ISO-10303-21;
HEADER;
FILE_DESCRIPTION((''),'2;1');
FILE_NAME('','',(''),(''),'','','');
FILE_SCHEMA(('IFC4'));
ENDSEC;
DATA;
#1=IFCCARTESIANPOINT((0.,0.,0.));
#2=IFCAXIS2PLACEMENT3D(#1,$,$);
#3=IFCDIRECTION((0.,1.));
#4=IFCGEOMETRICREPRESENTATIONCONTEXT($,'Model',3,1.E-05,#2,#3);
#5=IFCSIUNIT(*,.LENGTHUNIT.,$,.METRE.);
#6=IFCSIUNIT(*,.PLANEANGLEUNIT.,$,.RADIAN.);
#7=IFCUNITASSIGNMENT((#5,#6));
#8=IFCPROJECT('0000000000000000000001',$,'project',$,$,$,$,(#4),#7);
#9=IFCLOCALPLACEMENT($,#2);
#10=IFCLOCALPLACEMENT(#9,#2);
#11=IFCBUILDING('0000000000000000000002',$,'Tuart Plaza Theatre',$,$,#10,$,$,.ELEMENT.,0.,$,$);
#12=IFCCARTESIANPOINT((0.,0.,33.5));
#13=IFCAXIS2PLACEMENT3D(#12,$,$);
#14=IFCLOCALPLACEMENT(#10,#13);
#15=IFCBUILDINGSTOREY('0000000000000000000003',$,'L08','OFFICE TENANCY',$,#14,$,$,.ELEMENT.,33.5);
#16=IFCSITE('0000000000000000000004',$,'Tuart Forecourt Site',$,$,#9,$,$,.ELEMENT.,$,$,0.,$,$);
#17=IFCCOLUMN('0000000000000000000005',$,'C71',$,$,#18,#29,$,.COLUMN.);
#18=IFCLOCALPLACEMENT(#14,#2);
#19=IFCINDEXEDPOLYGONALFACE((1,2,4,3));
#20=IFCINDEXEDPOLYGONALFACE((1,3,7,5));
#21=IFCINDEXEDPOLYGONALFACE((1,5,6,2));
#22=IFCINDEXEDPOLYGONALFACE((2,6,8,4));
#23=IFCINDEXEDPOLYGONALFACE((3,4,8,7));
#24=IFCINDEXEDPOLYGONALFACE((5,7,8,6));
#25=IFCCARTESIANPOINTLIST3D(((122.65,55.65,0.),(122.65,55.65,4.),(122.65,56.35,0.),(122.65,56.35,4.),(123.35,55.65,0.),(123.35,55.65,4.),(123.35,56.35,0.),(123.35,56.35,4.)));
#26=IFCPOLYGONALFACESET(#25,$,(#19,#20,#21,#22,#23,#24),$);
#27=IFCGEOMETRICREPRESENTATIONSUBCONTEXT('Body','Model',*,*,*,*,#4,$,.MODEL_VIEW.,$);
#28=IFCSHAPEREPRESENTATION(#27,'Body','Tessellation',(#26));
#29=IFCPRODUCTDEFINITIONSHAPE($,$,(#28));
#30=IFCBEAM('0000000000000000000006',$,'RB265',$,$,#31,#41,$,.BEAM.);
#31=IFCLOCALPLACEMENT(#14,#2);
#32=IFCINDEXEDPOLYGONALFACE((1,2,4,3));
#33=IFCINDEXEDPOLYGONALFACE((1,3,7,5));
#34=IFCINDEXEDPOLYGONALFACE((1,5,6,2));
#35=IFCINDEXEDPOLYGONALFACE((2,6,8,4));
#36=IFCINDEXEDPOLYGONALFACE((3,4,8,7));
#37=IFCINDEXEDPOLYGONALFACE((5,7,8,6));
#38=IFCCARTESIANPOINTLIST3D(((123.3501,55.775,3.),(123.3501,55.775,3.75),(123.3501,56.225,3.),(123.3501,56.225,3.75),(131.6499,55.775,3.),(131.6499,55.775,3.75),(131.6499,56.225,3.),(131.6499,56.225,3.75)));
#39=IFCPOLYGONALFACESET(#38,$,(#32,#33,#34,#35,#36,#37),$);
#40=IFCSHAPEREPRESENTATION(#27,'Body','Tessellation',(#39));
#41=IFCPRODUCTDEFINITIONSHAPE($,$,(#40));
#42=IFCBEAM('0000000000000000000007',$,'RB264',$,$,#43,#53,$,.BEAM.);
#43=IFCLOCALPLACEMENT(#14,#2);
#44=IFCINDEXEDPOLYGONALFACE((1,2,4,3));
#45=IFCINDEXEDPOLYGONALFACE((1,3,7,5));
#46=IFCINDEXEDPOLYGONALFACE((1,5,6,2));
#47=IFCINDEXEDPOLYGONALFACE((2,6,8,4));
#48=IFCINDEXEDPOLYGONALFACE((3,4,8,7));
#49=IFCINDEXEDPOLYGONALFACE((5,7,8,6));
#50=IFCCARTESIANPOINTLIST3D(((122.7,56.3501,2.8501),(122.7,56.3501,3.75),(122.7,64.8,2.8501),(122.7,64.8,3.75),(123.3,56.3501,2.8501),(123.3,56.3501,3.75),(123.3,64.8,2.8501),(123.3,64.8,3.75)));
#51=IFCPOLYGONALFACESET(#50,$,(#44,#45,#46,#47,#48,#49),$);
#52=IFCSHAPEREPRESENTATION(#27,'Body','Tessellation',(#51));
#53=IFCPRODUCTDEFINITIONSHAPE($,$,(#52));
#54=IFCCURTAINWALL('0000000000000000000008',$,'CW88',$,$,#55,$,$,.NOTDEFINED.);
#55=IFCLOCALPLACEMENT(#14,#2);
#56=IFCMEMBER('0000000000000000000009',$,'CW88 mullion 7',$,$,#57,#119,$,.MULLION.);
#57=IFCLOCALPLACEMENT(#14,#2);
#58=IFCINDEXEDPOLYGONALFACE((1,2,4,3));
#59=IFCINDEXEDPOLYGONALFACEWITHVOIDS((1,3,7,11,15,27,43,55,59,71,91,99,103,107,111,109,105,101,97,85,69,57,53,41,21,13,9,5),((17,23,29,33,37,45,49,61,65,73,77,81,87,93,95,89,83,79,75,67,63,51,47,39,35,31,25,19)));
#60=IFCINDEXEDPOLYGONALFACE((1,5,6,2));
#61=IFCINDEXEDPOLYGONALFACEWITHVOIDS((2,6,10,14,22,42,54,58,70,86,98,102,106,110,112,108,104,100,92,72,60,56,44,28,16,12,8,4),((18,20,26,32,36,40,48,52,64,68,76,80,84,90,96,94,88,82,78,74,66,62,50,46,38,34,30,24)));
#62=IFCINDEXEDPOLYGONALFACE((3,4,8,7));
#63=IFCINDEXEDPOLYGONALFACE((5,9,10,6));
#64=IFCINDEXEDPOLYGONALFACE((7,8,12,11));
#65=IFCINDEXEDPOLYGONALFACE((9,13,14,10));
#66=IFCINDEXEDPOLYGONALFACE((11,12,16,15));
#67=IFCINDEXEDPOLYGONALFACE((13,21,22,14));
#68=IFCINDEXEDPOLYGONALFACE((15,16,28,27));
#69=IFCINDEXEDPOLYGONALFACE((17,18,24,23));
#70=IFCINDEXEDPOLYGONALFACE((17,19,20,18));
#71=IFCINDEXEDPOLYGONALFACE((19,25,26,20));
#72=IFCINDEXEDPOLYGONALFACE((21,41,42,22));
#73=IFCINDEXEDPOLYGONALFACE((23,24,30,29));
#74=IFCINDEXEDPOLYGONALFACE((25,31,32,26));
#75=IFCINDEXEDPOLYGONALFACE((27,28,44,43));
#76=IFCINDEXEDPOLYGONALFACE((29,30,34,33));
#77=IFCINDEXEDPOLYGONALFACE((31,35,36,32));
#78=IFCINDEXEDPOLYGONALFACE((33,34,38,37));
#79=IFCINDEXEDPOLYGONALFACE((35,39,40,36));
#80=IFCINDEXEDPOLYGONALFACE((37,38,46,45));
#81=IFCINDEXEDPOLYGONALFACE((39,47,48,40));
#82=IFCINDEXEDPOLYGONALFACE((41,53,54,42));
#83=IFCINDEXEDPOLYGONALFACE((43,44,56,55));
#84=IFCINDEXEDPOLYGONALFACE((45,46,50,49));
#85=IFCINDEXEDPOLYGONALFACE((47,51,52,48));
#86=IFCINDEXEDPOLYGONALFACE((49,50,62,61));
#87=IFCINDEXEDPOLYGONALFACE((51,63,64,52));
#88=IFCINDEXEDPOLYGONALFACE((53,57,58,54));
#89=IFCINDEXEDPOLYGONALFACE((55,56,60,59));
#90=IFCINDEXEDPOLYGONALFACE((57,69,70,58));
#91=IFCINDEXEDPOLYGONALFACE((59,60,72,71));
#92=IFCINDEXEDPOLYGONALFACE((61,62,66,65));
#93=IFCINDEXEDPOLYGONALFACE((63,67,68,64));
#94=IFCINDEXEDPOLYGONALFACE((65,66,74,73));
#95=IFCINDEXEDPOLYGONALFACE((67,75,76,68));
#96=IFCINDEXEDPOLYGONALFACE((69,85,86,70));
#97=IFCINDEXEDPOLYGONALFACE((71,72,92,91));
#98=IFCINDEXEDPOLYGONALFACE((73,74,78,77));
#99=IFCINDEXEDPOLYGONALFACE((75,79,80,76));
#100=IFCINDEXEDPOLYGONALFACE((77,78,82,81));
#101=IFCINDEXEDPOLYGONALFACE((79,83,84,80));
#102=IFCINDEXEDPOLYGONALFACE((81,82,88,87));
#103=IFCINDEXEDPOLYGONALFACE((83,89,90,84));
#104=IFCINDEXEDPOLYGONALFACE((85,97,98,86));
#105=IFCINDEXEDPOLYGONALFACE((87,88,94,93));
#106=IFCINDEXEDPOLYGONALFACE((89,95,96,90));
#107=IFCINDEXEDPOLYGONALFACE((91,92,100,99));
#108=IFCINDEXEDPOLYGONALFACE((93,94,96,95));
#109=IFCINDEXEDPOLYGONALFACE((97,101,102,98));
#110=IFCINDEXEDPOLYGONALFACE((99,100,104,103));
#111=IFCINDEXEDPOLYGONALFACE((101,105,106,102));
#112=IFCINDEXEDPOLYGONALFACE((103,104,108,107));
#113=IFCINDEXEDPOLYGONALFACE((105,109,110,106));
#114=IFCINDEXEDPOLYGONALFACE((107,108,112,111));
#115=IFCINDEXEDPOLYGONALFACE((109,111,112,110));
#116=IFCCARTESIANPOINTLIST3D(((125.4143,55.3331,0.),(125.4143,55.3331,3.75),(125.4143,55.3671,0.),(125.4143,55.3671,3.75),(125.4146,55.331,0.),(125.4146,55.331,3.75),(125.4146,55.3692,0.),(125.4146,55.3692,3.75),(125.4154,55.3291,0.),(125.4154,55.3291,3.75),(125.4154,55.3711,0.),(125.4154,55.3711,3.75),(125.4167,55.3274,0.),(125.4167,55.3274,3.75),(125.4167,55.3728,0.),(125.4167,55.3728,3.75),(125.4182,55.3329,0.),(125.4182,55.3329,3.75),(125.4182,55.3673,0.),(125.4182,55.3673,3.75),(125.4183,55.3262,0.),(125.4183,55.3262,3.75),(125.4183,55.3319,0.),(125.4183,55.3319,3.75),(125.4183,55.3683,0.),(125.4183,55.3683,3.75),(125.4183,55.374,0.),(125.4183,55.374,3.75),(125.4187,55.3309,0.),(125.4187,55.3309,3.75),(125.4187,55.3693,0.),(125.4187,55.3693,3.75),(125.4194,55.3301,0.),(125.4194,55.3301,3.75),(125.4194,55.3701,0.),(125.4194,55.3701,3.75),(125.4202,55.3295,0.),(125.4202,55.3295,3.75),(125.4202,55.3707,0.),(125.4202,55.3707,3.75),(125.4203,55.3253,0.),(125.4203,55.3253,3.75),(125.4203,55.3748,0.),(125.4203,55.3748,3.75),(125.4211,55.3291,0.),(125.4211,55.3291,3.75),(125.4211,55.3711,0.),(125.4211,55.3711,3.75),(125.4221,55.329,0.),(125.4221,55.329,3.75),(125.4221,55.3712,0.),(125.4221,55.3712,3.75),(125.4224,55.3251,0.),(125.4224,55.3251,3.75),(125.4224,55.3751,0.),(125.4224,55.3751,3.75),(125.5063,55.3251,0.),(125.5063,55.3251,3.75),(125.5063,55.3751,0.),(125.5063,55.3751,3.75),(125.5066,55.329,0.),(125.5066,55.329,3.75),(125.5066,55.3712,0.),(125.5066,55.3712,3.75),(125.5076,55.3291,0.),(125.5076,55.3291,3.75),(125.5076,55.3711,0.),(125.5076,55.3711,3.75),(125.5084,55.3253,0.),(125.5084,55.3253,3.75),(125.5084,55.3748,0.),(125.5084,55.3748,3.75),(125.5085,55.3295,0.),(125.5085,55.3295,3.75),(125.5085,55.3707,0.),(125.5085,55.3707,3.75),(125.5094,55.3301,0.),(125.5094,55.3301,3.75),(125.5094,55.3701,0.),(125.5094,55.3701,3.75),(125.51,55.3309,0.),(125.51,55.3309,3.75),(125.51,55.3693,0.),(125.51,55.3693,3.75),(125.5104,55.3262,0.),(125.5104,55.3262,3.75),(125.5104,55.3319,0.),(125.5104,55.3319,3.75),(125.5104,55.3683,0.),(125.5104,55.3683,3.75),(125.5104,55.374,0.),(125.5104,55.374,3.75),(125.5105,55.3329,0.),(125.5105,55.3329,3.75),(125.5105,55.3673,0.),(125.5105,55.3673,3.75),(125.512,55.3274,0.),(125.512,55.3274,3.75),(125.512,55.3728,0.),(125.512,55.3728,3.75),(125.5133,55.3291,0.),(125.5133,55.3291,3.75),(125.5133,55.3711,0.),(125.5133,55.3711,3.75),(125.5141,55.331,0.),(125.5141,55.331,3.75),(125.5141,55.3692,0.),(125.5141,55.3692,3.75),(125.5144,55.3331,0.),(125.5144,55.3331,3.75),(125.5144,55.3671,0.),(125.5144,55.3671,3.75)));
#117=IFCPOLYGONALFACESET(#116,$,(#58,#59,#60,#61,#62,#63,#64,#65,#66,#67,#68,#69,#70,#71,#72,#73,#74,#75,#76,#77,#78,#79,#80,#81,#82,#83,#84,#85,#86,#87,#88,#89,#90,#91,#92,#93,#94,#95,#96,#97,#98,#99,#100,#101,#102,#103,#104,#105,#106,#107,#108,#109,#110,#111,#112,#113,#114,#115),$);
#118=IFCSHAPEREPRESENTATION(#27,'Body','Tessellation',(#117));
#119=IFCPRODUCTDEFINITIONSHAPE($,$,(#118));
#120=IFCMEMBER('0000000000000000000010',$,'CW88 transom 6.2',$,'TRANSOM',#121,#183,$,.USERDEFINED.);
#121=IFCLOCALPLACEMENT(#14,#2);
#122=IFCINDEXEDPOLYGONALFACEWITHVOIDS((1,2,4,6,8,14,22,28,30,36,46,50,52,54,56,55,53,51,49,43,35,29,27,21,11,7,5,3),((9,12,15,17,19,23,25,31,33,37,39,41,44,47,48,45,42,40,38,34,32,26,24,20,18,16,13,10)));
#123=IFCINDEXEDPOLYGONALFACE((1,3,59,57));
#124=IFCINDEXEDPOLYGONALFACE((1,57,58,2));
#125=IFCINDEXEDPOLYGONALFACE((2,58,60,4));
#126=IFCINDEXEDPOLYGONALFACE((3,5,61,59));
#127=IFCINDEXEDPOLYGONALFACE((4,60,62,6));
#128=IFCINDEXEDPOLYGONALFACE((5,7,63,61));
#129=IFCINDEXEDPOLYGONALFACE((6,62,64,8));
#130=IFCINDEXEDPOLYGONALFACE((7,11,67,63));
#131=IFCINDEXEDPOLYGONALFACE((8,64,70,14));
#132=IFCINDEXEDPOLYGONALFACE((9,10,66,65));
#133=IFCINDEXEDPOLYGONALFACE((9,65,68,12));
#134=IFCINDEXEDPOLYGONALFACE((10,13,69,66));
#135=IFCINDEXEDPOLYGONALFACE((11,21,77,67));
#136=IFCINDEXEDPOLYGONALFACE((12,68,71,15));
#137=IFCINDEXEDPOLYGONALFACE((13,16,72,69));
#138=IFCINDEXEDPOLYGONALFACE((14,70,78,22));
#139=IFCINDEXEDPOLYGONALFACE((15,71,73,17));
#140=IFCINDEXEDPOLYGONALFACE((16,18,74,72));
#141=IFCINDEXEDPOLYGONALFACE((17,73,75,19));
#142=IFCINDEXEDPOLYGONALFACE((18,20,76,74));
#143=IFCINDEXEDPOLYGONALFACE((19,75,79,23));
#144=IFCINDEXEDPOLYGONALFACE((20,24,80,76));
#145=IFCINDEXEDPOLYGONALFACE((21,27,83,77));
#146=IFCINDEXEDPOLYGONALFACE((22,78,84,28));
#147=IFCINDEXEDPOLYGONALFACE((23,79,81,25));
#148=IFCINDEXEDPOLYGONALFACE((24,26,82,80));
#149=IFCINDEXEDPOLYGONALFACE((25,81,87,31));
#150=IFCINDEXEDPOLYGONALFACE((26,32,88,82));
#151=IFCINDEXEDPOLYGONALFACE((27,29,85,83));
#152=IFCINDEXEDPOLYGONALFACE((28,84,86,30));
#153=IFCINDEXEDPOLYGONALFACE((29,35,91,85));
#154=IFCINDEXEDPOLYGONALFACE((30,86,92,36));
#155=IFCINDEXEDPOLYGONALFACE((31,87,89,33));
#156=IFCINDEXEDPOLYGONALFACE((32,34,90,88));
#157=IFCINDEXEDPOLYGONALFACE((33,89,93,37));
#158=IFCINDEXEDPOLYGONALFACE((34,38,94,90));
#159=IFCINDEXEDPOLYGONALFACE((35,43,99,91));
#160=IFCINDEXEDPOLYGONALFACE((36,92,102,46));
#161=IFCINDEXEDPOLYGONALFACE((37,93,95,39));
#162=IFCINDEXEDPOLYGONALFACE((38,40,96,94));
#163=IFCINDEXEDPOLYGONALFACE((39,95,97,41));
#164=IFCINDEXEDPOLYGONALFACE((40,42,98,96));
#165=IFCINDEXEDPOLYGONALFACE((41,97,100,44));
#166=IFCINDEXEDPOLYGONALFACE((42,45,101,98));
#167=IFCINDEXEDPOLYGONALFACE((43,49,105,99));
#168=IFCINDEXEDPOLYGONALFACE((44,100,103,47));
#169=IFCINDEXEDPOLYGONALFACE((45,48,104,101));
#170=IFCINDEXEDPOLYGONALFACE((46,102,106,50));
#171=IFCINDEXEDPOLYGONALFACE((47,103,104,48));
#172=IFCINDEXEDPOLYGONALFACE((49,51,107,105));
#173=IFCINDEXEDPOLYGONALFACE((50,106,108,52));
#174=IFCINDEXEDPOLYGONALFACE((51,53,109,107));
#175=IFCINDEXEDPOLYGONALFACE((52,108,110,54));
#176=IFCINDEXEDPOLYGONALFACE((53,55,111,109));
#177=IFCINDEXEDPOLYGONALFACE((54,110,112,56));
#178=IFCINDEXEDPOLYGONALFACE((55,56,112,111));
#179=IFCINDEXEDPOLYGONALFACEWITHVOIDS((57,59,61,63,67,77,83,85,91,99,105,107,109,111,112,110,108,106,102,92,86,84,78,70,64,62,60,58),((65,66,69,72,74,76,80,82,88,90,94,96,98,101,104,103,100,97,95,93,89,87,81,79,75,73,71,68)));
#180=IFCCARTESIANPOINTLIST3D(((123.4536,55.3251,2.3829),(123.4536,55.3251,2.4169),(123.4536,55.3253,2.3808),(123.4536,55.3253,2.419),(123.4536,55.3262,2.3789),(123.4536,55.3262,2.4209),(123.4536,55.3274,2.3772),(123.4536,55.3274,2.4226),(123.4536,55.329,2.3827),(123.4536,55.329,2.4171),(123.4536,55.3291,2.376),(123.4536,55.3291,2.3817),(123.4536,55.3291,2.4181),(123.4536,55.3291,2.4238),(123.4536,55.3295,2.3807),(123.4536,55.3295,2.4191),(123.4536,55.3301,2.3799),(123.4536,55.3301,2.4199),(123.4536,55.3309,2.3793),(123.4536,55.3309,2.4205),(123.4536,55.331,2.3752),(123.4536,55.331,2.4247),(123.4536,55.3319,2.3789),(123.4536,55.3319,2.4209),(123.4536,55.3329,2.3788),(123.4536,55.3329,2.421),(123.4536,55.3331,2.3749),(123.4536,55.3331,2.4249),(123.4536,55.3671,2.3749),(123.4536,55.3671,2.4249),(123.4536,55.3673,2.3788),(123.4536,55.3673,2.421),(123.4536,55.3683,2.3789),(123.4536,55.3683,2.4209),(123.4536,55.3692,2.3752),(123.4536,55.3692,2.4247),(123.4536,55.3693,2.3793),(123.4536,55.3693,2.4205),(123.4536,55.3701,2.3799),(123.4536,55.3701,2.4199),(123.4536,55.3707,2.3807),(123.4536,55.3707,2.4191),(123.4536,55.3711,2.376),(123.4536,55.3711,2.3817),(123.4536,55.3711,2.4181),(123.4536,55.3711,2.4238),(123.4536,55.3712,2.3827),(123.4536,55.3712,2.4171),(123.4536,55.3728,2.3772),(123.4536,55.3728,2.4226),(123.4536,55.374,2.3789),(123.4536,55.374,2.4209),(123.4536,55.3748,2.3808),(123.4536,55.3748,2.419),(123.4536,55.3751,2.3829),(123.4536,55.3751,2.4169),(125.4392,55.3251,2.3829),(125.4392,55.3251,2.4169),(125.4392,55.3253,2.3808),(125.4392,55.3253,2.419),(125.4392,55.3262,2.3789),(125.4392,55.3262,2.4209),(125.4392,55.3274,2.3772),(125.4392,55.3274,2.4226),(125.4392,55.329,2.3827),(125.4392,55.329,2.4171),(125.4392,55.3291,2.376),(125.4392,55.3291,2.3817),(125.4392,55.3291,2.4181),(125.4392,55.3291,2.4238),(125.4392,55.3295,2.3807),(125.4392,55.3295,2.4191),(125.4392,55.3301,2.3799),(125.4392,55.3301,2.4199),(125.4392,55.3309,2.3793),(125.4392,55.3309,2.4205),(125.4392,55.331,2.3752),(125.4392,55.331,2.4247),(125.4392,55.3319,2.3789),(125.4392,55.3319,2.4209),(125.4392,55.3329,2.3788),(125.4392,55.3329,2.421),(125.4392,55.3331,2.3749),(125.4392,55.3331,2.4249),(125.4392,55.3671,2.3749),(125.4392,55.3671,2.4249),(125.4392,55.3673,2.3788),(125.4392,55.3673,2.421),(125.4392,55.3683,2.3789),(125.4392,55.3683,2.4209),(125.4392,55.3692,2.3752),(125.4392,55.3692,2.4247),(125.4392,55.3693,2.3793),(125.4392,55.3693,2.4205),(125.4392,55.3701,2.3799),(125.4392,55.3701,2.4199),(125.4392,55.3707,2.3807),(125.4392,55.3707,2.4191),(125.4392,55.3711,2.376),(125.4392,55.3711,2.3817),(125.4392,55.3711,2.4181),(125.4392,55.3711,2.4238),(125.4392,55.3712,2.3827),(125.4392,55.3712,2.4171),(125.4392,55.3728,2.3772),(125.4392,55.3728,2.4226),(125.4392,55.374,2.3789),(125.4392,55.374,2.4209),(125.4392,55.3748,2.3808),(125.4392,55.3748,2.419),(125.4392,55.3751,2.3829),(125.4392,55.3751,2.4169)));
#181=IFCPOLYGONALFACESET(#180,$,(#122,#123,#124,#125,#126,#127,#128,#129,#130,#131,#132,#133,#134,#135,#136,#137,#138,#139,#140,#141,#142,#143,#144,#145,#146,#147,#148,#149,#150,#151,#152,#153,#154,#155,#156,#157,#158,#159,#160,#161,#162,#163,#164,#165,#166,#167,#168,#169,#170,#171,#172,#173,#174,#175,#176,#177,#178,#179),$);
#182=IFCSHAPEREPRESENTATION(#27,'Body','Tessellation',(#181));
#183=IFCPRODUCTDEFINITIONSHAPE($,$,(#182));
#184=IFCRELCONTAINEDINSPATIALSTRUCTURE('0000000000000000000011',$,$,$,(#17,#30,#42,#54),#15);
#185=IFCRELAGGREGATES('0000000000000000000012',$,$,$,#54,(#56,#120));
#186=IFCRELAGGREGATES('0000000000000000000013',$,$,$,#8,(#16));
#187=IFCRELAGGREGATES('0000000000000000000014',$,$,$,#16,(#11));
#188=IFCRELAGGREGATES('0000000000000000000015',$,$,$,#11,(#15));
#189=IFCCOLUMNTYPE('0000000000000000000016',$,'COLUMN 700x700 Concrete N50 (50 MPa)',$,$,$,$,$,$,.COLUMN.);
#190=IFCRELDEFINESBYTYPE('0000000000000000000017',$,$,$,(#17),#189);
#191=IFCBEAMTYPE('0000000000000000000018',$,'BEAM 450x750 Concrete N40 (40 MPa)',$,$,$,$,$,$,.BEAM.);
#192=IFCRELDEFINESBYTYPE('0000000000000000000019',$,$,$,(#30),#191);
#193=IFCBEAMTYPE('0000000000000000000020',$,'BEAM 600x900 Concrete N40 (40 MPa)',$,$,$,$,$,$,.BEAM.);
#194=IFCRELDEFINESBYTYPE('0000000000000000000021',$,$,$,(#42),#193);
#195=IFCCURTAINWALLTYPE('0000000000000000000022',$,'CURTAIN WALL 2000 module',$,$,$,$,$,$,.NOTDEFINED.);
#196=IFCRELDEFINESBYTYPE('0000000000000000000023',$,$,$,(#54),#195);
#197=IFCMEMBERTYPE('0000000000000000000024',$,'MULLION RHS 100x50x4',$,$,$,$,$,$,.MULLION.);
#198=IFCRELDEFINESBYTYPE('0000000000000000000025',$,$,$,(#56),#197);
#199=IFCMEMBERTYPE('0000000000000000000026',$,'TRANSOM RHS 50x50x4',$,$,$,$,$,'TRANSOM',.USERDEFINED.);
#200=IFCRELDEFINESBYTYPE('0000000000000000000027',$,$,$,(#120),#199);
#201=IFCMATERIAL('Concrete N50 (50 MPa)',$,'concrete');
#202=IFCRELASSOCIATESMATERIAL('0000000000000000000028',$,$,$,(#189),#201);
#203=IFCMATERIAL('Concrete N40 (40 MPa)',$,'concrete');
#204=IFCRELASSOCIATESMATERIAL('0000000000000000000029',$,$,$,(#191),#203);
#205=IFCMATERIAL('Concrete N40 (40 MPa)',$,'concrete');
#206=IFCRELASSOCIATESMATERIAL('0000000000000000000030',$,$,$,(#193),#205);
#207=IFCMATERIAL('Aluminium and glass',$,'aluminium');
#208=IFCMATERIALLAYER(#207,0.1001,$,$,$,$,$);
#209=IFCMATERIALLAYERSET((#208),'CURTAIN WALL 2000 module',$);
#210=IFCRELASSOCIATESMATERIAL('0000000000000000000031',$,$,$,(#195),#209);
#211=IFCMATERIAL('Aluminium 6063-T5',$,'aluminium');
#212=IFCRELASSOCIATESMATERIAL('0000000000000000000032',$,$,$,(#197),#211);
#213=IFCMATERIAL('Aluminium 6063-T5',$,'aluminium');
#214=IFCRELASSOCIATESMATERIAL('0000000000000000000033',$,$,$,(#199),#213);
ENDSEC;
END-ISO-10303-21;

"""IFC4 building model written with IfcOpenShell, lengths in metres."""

from ifc_helpers import new_model, si_unit, direction, frame, origin, origin_2d, place, context, subcontext, project, spatial, rectangle, hollow_rectangle, extrude, material, layer, layer_set, material_profile, profile_set, type_object, element, aggregate, save


model = new_model("IFC4")

# Units and contexts
model_context = context("Model", 3, precision=1e-05, world=origin(), true_north=direction((0.0, 1.0)))
body_context = subcontext(model_context, "Body", "Model", "MODEL_VIEW")
ifc_project = project(units=[si_unit("LENGTHUNIT", "METRE"), si_unit("PLANEANGLEUNIT", "RADIAN")], contexts=[model_context])

# Site, building, storey
site_placement = place(None, origin())
site = spatial("IfcSite", under=ifc_project, at=site_placement, Name="Tuart Forecourt Site", CompositionType="ELEMENT", RefElevation=0.0)
building_placement = place(site_placement, origin())
building = spatial("IfcBuilding", under=site, at=building_placement, Name="Tuart Plaza Theatre", CompositionType="ELEMENT", ElevationOfRefHeight=0.0)
storey_placement = place(building_placement, frame((0.0, 0.0, 33.5)))
storey = spatial("IfcBuildingStorey", under=building, at=storey_placement, Name="L08", Description="OFFICE TENANCY", CompositionType="ELEMENT", Elevation=33.5)

# Column
ifc_material_1 = material(Name="Concrete N50 (50 MPa)", Category="concrete")
ifc_material_profile_1 = material_profile(ifc_material_1, rectangle(XDim=0.7, YDim=0.7, at=origin_2d()), Name="COLUMN 700x700 Concrete N50 (50 MPa)")
ifc_profile_set_1 = profile_set([ifc_material_profile_1], Name="Concrete N50 (50 MPa)")
column_type = type_object("IfcColumnType", Name="COLUMN 700x700 Concrete N50 (50 MPa)", PredefinedType="COLUMN", material=ifc_profile_set_1)
column_placement = place(storey_placement, frame((123.0, 56.0, 0.0), z_axis=(0.0, 0.0, 1.0), x_axis=(1.0, 0.0, 0.0)))
element("IfcColumn", 1, at=column_placement, inside=storey, type_object=column_type, Name="C71", PredefinedType="COLUMN", context=body_context, shape_type="SweptSolid", body=[
    extrude(rectangle(XDim=0.7, YDim=0.7, at=origin_2d()), origin(), (0.0, 0.0, 1.0), 4.0),
])

# Beams
ifc_material_2 = material(Name="Concrete N40 (40 MPa)", Category="concrete")
ifc_material_profile_2 = material_profile(ifc_material_2, rectangle(XDim=0.45, YDim=0.75, at=origin_2d()), Name="BEAM 450x750 Concrete N40 (40 MPa)")
ifc_profile_set_2 = profile_set([ifc_material_profile_2], Name="Concrete N40 (40 MPa)")
beam_type_1 = type_object("IfcBeamType", Name="BEAM 450x750 Concrete N40 (40 MPa)", PredefinedType="BEAM", material=ifc_profile_set_2)
beam_1_placement = place(storey_placement, frame((123.3501, 56.0, 3.375), z_axis=(1.0, 0.0, 0.0), x_axis=(0.0, 1.0, 0.0)))
element("IfcBeam", 2, at=beam_1_placement, inside=storey, type_object=beam_type_1, Name="RB265", PredefinedType="BEAM", context=body_context, shape_type="SweptSolid", body=[
    extrude(rectangle(XDim=0.45, YDim=0.75, at=origin_2d()), origin(), (0.0, 0.0, 1.0), 8.2998),
])
ifc_material_3 = material(Name="Concrete N40 (40 MPa)", Category="concrete")
ifc_material_profile_3 = material_profile(ifc_material_3, rectangle(XDim=0.6001, YDim=0.8999, at=origin_2d()), Name="BEAM 600x900 Concrete N40 (40 MPa)")
ifc_profile_set_3 = profile_set([ifc_material_profile_3], Name="Concrete N40 (40 MPa)")
beam_type_2 = type_object("IfcBeamType", Name="BEAM 600x900 Concrete N40 (40 MPa)", PredefinedType="BEAM", material=ifc_profile_set_3)
beam_2_placement = place(storey_placement, frame((123.0, 56.3501, 3.3), z_axis=(0.0, 1.0, 0.0), x_axis=(-1.0, 0.0, 0.0)))
element("IfcBeam", 3, at=beam_2_placement, inside=storey, type_object=beam_type_2, Name="RB264", PredefinedType="BEAM", context=body_context, shape_type="SweptSolid", body=[
    extrude(rectangle(XDim=0.6001, YDim=0.8999, at=origin_2d()), origin(), (0.0, 0.0, 1.0), 8.45),
])

# Curtain wall, members
ifc_material_4 = material(Name="Aluminium and glass", Category="aluminium")
ifc_layer_1 = layer(ifc_material_4, 0.1001)
ifc_layer_set_1 = layer_set([ifc_layer_1], Name="CURTAIN WALL 2000 module")
curtain_wall_type = type_object("IfcCurtainWallType", Name="CURTAIN WALL 2000 module", PredefinedType="NOTDEFINED", material=ifc_layer_set_1)
curtain_wall_placement = place(storey_placement, origin())
curtain_wall = element("IfcCurtainWall", 4, at=curtain_wall_placement, inside=storey, type_object=curtain_wall_type, Name="CW88", PredefinedType="NOTDEFINED")
ifc_material_5 = material(Name="Aluminium 6063-T5", Category="aluminium")
ifc_material_profile_4 = material_profile(ifc_material_5, hollow_rectangle(XDim=0.05, YDim=0.1001, WallThickness=0.0039, InnerFilletRadius=0.0039, OuterFilletRadius=0.0081, at=origin_2d()), Name="RHS 100x50x4")
ifc_profile_set_4 = profile_set([ifc_material_profile_4], Name="Aluminium 6063-T5")
member_type_1 = type_object("IfcMemberType", Name="MULLION RHS 100x50x4", PredefinedType="MULLION", material=ifc_profile_set_4)
member_1_placement = place(storey_placement, frame((125.4644, 55.3501, 0.0), z_axis=(0.0, 0.0, 1.0), x_axis=(0.0, 1.0, 0.0)))
member_1 = element("IfcMember", 5, at=member_1_placement, type_object=member_type_1, Name="CW88 mullion 7", PredefinedType="MULLION", context=body_context, shape_type="SweptSolid", body=[
    extrude(hollow_rectangle(XDim=0.05, YDim=0.1001, WallThickness=0.0039, InnerFilletRadius=0.0039, OuterFilletRadius=0.0081, at=origin_2d()), origin(), (0.0, 0.0, 1.0), 3.75),
])
ifc_material_6 = material(Name="Aluminium 6063-T5", Category="aluminium")
ifc_material_profile_5 = material_profile(ifc_material_6, hollow_rectangle(XDim=0.05, YDim=0.05, WallThickness=0.0039, InnerFilletRadius=0.0039, OuterFilletRadius=0.0081, at=origin_2d()), Name="RHS 50x50x4")
ifc_profile_set_5 = profile_set([ifc_material_profile_5], Name="Aluminium 6063-T5")
member_type_2 = type_object("IfcMemberType", Name="TRANSOM RHS 50x50x4", ElementType="TRANSOM", PredefinedType="USERDEFINED", material=ifc_profile_set_5)
member_2_placement = place(storey_placement, frame((123.4536, 55.3501, 2.3999), z_axis=(1.0, 0.0, 0.0), x_axis=(0.0, 1.0, 0.0)))
member_2 = element("IfcMember", 6, at=member_2_placement, type_object=member_type_2, Name="CW88 transom 6.2", ObjectType="TRANSOM", PredefinedType="USERDEFINED", context=body_context, shape_type="SweptSolid", body=[
    extrude(hollow_rectangle(XDim=0.05, YDim=0.05, WallThickness=0.0039, InnerFilletRadius=0.0039, OuterFilletRadius=0.0081, at=origin_2d()), origin(), (0.0, 0.0, 1.0), 1.9856),
])
aggregate(curtain_wall, [member_1, member_2])

save(model, "model.ifc")
